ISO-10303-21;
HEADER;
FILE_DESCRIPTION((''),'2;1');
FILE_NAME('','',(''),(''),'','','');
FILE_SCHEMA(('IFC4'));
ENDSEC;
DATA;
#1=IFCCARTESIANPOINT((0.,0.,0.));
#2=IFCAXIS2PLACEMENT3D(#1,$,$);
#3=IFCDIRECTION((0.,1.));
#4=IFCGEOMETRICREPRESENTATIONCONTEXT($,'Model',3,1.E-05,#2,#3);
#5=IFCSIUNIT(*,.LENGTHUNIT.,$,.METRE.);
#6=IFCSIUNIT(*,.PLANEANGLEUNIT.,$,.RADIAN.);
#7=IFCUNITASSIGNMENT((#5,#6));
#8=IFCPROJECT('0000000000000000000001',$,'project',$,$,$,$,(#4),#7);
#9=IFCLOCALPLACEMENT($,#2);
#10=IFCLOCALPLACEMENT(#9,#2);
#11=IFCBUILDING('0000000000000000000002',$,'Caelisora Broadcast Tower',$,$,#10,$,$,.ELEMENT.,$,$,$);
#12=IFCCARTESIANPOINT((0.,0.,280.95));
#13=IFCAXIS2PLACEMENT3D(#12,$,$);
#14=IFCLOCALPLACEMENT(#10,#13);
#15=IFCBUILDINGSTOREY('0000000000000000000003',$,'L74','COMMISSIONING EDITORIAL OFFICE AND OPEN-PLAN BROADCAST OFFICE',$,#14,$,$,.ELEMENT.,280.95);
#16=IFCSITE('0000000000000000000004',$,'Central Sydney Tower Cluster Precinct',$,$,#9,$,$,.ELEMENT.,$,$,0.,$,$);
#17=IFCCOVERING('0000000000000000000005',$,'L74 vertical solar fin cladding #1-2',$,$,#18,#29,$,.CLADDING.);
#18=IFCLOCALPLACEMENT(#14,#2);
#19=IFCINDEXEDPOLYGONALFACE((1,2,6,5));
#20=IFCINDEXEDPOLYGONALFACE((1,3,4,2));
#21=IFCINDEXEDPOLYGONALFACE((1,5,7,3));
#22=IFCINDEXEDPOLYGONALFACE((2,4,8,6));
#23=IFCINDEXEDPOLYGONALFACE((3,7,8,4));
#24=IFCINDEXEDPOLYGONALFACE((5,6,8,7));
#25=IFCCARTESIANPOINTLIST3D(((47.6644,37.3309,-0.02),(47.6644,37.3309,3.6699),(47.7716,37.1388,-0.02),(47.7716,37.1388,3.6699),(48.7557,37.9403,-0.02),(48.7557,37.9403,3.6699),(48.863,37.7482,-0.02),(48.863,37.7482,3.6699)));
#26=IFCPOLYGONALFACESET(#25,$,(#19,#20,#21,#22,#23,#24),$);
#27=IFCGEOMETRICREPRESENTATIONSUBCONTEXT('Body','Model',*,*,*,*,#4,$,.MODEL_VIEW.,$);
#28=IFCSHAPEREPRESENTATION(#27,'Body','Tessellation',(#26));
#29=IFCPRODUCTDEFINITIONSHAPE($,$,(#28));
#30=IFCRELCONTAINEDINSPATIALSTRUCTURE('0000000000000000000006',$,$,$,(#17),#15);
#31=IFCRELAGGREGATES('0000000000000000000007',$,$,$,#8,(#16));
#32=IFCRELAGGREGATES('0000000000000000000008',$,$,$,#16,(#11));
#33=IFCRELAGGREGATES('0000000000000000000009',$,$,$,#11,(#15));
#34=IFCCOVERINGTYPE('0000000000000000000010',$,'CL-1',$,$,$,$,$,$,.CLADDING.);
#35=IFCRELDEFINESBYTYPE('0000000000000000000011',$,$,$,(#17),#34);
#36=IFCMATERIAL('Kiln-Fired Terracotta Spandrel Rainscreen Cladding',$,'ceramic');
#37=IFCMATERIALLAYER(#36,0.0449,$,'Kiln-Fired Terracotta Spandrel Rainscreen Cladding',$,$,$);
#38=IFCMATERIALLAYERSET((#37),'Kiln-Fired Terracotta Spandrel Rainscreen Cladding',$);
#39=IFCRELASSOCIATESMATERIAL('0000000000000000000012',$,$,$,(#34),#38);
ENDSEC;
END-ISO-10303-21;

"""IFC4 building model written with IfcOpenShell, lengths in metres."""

from ifc_helpers import new_model, si_unit, direction, frame, origin, origin_2d, place, context, subcontext, project, spatial, rectangle, extrude, source, transform, mapped, material, layer, layer_set, type_object, type_shapes, element, save


model = new_model("IFC4")

# Units and contexts
model_context = context("Model", 3, precision=1e-05, world=origin(), true_north=direction((0.0, 1.0)))
body_context = subcontext(model_context, "Body", "Model", "MODEL_VIEW")
ifc_project = project(units=[si_unit("LENGTHUNIT", "METRE"), si_unit("PLANEANGLEUNIT", "RADIAN")], contexts=[model_context])

# Site, building, storey
site_placement = place(None, origin())
site = spatial("IfcSite", under=ifc_project, at=site_placement, Name="Central Sydney Tower Cluster Precinct", CompositionType="ELEMENT", RefElevation=0.0)
building_placement = place(site_placement, origin())
building = spatial("IfcBuilding", under=site, at=building_placement, Name="Caelisora Broadcast Tower", CompositionType="ELEMENT")
storey_placement = place(building_placement, frame((0.0, 0.0, 280.95)))
storey = spatial("IfcBuildingStorey", under=building, at=storey_placement, Name="L74", Description="COMMISSIONING EDITORIAL OFFICE AND OPEN-PLAN BROADCAST OFFICE", CompositionType="ELEMENT", Elevation=280.95)

# Covering
ifc_material_1 = material(Name="Kiln-Fired Terracotta Spandrel Rainscreen Cladding", Category="ceramic")
ifc_layer_1 = layer(ifc_material_1, 0.0449, Name="Kiln-Fired Terracotta Spandrel Rainscreen Cladding")
ifc_layer_set_1 = layer_set([ifc_layer_1], Name="Kiln-Fired Terracotta Spandrel Rainscreen Cladding")
covering_type = type_object("IfcCoveringType", Name="CL-1", PredefinedType="CLADDING", material=ifc_layer_set_1)
shared_shape_1 = source(origin(), body_context, "Body", "SweptSolid", [
    extrude(rectangle(XDim=0.22, YDim=1.25, at=origin_2d()), origin(), (0.0, 0.0, 1.0), 3.6899),
])
type_shapes(covering_type, [shared_shape_1])
for number, where, z_axis, x_axis, name in (
    (1, (48.2637, 37.5396, -0.02), (0.0, 0.0, 1.0), (0.487555, -0.873092, 0.0), "L74 vertical solar fin cladding #1-2"),
):
    element("IfcCovering", number, at=place(storey_placement, frame(where, z_axis=z_axis, x_axis=x_axis)), inside=storey, type_object=covering_type, Name=name, PredefinedType="CLADDING", context=body_context, shape_type="MappedRepresentation", body=[
        mapped(shared_shape_1, transform((0.0, 0.0, 0.0), scale=1.0)),
    ])

save(model, "model.ifc")
